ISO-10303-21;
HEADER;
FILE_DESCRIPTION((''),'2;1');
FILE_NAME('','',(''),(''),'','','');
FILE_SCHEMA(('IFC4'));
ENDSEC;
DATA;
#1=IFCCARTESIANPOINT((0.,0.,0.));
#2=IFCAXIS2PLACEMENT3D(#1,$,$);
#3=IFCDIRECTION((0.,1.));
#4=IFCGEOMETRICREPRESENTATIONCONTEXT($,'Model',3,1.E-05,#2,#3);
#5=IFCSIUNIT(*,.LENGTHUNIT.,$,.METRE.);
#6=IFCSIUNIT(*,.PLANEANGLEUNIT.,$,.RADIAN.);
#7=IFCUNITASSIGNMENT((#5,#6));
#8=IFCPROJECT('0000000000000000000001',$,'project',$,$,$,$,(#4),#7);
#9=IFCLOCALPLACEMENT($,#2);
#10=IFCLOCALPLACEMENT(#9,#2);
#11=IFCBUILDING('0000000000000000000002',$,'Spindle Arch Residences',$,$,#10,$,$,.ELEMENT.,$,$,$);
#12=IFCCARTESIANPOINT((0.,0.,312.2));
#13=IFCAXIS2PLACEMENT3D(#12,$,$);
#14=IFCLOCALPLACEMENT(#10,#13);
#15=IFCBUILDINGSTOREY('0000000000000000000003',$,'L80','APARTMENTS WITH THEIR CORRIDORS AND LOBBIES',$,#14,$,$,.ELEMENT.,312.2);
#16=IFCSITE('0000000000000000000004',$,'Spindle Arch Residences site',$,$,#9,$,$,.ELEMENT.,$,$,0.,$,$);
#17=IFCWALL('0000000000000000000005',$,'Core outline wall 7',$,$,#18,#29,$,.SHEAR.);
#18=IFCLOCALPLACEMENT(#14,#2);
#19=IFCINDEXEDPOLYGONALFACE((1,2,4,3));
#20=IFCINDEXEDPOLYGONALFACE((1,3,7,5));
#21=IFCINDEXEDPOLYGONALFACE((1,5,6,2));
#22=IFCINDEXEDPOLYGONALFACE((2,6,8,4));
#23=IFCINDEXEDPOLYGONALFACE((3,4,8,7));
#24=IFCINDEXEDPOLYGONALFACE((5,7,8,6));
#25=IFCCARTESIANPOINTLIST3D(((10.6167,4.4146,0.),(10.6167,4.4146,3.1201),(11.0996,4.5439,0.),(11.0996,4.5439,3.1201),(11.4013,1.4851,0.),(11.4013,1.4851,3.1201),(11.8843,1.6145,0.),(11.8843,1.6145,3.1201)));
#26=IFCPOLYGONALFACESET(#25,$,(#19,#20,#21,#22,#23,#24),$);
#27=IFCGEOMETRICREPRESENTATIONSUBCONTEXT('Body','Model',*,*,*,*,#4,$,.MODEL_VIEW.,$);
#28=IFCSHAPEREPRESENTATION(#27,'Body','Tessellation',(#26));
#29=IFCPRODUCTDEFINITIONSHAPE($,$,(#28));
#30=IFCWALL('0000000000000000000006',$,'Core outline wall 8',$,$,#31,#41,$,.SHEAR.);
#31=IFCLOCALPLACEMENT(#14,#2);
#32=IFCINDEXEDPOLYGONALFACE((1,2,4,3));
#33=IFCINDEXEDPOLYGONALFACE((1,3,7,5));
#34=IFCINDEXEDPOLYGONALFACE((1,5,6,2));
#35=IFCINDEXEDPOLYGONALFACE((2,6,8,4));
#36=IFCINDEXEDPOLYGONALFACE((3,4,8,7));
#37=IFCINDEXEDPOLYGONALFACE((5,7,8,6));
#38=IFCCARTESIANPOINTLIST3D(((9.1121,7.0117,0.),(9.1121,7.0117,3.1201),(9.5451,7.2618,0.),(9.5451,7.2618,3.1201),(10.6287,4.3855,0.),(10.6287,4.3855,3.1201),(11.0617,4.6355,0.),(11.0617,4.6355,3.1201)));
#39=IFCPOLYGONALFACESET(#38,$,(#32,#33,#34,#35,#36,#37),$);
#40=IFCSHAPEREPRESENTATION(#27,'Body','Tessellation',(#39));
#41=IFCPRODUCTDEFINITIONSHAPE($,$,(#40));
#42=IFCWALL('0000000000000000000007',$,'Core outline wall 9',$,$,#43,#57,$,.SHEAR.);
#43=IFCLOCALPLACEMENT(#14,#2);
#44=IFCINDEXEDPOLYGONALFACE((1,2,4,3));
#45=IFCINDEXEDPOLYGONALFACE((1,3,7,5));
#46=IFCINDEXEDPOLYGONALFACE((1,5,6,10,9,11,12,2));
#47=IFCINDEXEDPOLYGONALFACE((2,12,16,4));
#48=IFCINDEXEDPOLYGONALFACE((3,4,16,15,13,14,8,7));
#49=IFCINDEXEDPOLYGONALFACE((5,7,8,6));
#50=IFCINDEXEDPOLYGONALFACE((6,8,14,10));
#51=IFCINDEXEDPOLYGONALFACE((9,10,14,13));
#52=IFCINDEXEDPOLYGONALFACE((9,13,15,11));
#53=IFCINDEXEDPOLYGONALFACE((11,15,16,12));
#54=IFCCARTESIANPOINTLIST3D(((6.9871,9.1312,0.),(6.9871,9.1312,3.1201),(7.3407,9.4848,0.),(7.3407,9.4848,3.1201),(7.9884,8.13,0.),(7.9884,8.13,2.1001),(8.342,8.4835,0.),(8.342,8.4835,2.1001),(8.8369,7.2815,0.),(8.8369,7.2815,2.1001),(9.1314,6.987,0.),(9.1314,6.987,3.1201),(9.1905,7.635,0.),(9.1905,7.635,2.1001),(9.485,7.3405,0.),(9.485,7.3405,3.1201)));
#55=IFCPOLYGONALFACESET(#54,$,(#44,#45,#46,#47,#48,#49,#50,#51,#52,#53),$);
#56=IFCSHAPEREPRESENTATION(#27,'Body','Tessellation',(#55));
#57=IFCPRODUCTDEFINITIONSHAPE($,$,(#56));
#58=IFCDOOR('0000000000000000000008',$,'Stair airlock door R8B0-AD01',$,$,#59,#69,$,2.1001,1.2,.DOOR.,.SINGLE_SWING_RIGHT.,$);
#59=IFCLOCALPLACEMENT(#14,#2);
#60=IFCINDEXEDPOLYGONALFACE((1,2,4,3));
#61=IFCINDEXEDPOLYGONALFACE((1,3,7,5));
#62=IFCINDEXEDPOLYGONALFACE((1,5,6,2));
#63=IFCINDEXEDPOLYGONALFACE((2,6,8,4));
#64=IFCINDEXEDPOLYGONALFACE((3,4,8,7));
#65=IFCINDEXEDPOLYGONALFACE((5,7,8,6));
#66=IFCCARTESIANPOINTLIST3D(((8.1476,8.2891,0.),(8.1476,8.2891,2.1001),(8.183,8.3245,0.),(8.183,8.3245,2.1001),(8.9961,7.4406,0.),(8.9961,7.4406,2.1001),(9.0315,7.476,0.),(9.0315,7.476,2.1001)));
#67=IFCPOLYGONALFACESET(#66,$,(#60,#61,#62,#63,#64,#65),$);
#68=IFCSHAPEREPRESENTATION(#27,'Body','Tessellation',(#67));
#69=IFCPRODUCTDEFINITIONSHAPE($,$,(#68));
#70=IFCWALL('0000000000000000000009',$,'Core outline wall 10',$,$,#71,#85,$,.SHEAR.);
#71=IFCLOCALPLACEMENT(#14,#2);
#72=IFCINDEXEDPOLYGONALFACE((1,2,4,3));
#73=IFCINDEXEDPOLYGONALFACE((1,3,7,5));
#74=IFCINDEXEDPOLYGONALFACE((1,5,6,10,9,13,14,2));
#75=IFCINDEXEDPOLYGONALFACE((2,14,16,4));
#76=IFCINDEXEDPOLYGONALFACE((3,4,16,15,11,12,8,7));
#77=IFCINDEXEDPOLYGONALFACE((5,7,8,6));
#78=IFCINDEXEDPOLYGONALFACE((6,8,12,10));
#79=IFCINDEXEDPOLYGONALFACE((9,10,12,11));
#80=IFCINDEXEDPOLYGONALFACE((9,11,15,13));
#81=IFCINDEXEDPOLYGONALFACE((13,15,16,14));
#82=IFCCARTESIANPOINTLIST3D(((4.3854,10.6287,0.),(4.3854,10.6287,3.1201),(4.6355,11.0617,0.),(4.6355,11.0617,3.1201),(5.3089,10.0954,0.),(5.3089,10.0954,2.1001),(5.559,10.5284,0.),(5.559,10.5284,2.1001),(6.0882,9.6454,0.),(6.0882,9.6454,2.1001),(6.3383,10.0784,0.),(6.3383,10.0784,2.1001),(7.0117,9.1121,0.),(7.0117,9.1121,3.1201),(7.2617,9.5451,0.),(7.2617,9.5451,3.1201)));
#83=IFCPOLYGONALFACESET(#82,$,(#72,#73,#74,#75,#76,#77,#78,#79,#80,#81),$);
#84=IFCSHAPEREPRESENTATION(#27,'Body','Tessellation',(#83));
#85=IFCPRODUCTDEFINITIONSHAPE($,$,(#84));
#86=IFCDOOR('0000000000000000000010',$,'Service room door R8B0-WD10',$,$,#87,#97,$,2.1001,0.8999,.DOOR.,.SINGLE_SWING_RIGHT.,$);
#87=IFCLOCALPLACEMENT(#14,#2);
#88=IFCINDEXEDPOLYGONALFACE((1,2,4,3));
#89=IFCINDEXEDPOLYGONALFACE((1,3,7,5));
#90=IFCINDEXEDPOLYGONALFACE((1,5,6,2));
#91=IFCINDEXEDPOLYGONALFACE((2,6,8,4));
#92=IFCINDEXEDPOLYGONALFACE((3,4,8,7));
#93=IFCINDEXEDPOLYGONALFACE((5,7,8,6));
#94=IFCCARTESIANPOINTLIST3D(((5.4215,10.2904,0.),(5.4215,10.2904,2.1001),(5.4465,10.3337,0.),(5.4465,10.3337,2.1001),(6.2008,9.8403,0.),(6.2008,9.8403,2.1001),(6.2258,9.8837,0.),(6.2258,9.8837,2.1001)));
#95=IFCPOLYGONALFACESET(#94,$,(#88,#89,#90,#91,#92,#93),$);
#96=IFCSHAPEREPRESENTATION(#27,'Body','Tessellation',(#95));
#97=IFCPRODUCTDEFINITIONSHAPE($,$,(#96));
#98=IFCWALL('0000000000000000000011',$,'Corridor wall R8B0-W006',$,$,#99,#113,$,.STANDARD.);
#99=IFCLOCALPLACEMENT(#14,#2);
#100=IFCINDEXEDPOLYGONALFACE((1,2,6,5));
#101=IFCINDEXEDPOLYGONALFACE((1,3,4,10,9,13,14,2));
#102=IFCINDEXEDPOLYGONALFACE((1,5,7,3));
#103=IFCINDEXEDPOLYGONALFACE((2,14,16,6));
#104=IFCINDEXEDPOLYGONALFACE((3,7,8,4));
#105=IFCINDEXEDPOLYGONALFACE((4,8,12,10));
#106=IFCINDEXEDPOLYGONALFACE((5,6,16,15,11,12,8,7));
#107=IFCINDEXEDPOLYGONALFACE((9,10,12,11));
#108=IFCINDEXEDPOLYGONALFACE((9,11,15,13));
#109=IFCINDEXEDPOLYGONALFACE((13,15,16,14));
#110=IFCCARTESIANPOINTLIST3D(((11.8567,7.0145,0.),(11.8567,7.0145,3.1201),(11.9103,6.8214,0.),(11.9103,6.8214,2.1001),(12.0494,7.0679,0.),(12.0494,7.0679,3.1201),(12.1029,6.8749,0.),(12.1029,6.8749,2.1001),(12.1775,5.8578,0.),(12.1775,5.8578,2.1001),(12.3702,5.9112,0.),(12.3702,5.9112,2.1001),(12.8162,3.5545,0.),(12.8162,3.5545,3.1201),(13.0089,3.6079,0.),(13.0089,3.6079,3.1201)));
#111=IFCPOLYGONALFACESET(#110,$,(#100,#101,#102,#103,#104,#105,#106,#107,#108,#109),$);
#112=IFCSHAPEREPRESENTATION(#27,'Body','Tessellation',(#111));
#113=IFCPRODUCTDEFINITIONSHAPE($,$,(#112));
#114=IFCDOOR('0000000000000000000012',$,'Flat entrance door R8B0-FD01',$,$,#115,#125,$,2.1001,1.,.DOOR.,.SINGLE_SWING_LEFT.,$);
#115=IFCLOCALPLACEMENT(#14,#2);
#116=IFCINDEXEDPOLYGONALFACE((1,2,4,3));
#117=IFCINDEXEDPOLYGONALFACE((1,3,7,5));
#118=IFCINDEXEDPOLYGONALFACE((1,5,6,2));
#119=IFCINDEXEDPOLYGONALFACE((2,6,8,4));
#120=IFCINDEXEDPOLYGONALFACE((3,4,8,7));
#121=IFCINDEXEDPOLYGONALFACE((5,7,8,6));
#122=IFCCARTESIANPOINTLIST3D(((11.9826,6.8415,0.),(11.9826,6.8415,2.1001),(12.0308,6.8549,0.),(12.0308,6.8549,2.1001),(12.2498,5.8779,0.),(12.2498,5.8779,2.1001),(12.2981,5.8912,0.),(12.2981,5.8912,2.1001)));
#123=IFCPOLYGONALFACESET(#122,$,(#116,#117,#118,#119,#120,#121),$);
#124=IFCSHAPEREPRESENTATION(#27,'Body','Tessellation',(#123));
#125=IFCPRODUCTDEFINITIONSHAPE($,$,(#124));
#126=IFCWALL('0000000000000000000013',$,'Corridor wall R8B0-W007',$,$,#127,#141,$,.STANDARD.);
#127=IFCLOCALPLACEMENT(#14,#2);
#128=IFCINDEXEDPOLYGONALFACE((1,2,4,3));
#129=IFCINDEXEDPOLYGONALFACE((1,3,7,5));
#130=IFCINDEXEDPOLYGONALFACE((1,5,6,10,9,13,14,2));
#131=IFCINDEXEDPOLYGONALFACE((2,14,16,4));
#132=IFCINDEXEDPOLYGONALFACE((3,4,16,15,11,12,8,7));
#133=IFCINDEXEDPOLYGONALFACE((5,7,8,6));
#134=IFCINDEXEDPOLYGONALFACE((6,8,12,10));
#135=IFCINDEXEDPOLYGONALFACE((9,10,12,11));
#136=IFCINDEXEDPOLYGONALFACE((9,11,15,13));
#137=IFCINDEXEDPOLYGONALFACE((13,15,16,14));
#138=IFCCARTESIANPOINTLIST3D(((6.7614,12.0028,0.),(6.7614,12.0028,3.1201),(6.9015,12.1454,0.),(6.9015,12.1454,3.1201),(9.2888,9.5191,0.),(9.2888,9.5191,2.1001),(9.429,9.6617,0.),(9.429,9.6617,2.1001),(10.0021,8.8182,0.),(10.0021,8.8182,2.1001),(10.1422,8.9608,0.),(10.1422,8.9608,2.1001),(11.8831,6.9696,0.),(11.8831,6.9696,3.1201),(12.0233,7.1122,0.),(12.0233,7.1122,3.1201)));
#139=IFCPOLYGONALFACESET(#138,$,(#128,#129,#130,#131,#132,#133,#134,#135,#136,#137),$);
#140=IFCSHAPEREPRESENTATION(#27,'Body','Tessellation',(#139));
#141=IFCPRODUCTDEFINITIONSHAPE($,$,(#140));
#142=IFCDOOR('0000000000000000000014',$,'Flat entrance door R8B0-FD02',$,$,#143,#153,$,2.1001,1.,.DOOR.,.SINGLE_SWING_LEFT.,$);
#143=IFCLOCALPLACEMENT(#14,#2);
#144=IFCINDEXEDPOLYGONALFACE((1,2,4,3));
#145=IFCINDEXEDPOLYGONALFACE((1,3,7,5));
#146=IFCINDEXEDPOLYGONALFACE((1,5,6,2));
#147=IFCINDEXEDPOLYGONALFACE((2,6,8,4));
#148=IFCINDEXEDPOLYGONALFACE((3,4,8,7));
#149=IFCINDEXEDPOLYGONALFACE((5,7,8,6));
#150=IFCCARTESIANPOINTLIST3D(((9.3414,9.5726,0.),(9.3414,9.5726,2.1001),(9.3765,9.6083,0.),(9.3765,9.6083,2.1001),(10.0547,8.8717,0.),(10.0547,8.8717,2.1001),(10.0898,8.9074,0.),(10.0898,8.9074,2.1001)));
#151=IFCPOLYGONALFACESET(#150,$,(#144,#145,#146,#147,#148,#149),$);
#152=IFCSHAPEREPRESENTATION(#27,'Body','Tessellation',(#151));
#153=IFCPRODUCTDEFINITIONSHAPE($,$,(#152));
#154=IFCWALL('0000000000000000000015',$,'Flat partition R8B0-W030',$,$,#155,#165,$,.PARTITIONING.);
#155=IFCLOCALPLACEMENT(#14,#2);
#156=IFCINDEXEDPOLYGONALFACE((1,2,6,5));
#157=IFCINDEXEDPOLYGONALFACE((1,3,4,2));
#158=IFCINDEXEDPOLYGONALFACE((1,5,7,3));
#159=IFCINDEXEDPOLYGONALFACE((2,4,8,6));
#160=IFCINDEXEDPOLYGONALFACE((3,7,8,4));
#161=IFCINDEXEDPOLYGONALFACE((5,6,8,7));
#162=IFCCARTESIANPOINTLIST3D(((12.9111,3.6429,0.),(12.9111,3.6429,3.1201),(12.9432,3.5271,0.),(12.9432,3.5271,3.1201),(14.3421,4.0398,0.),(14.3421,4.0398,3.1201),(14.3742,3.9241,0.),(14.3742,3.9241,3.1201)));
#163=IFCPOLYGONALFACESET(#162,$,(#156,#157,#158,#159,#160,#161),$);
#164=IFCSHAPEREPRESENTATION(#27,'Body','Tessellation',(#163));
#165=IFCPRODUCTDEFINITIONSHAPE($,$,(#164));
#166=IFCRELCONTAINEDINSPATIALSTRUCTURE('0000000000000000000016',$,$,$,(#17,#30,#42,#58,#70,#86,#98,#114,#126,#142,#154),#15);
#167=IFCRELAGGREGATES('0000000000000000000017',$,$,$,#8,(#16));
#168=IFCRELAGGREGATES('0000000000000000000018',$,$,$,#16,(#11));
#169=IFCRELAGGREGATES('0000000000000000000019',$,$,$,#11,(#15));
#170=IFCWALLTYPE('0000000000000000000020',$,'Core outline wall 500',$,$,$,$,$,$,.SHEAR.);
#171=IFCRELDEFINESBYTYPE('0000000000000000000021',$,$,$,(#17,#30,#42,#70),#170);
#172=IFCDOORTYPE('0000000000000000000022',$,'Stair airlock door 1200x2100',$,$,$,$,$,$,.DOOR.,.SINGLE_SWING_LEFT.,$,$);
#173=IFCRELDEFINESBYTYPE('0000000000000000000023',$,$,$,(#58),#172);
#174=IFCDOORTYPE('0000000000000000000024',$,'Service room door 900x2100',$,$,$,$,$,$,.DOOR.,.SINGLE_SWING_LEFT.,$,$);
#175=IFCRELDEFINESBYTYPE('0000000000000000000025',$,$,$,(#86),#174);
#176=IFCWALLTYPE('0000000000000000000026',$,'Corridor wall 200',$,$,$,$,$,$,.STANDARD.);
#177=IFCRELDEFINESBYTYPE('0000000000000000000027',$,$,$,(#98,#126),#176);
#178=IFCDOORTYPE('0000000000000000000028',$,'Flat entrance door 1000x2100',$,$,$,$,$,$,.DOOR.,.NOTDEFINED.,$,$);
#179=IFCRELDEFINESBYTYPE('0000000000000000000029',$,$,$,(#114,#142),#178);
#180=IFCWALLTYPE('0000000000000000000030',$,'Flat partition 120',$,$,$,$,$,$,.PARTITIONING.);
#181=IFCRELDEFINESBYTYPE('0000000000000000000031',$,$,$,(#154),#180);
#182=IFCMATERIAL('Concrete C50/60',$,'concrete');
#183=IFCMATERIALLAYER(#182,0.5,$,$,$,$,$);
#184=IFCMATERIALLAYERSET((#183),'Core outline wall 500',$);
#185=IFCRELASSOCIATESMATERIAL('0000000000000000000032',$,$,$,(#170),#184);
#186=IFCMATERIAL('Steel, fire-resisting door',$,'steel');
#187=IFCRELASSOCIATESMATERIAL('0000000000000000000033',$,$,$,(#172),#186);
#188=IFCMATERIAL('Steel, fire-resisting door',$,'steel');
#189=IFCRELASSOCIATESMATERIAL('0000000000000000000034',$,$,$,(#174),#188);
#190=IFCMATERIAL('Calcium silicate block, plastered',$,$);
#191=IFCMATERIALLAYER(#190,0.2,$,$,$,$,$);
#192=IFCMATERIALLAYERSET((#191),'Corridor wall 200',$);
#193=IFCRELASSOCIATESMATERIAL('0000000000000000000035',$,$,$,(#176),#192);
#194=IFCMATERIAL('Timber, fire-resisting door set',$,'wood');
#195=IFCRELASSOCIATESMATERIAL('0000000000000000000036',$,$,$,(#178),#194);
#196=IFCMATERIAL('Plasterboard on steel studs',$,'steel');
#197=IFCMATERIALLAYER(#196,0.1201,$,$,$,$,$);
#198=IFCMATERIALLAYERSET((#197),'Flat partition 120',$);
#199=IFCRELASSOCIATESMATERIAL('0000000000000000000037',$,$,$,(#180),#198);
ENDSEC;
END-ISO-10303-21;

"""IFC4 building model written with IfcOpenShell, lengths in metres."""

from ifc_helpers import new_model, si_unit, direction, frame, frame_2d, origin, place, context, subcontext, project, spatial, rectangle, extrude, material, layer, layer_set, type_object, element, fill, save


model = new_model("IFC4")

# Units and contexts
model_context = context("Model", 3, precision=1e-05, world=origin(), true_north=direction((0.0, 1.0)))
body_context = subcontext(model_context, "Body", "Model", "MODEL_VIEW")
ifc_project = project(units=[si_unit("LENGTHUNIT", "METRE"), si_unit("PLANEANGLEUNIT", "RADIAN")], contexts=[model_context])

# Site, building, storey
site_placement = place(None, origin())
site = spatial("IfcSite", under=ifc_project, at=site_placement, Name="Spindle Arch Residences site", CompositionType="ELEMENT", RefElevation=0.0)
building_placement = place(site_placement, origin())
building = spatial("IfcBuilding", under=site, at=building_placement, Name="Spindle Arch Residences", CompositionType="ELEMENT")
storey_placement = place(building_placement, frame((0.0, 0.0, 312.2)))
storey = spatial("IfcBuildingStorey", under=building, at=storey_placement, Name="L80", Description="APARTMENTS WITH THEIR CORRIDORS AND LOBBIES", CompositionType="ELEMENT", Elevation=312.2)

# Walls
ifc_material_1 = material(Name="Concrete C50/60", Category="concrete")
ifc_layer_1 = layer(ifc_material_1, 0.5)
ifc_layer_set_1 = layer_set([ifc_layer_1], Name="Core outline wall 500")
wall_type_1 = type_object("IfcWallType", Name="Core outline wall 500", PredefinedType="SHEAR", material=ifc_layer_set_1)
for number, where, z_axis, x_axis, name in (
    (1, (11.6428, 1.5498, 0.0), (0.0, 0.0, 1.0), (-0.258735, 0.965948, 0.0), "Core outline wall 7"),
    (2, (10.8452, 4.5105, 0.0), (0.0, 0.0, 1.0), (-0.500087, 0.865975, 0.0), "Core outline wall 8"),
):
    element("IfcWall", number, at=place(storey_placement, frame(where, z_axis=z_axis, x_axis=x_axis)), inside=storey, type_object=wall_type_1, Name=name, PredefinedType="SHEAR", context=body_context, shape_type="SweptSolid", body=[
        extrude(rectangle(XDim=3.0327, YDim=0.5, at=frame_2d((1.5164, 0.0))), origin(), (0.0, 0.0, 1.0), 3.1201),
    ])

# Walls, openings, doors
wall_1_placement = place(storey_placement, frame((9.3081, 7.1638, 0.0), z_axis=(0.0, 0.0, 1.0), x_axis=(-0.707107, 0.707107, 0.0)))
wall_1 = element("IfcWall", 3, at=wall_1_placement, inside=storey, type_object=wall_type_1, Name="Core outline wall 9", PredefinedType="SHEAR", context=body_context, shape_type="SweptSolid", body=[
    extrude(rectangle(XDim=3.0325, YDim=0.5, at=frame_2d((1.5161, 0.0))), origin(), (0.0, 0.0, 1.0), 3.1201),
])
opening_1_placement = place(wall_1_placement, frame((0.4163, 0.0, 0.0)))
opening_1 = element("IfcOpeningElement", 4, at=opening_1_placement, cuts=wall_1, PredefinedType="OPENING", context=body_context, shape_type="SweptSolid", body=[
    extrude(rectangle(XDim=1.2, YDim=2.1001, at=frame_2d((0.6001, 1.05))), frame((0.0, 0.26, 0.0), z_axis=(0.0, -1.0, 0.0), x_axis=(1.0, 0.0, 0.0)), (0.0, 0.0, 1.0), 0.52),
])
ifc_material_2 = material(Name="Steel, fire-resisting door", Category="steel")
door_type_1 = type_object("IfcDoorType", Name="Stair airlock door 1200x2100", OperationType="SINGLE_SWING_LEFT", PredefinedType="DOOR", material=ifc_material_2)
door_1_placement = place(opening_1_placement, origin())
door_1 = element("IfcDoor", 5, at=door_1_placement, inside=storey, type_object=door_type_1, Name="Stair airlock door R8B0-AD01", OperationType="SINGLE_SWING_RIGHT", OverallHeight=2.1001, OverallWidth=1.2, PredefinedType="DOOR", context=body_context, shape_type="SweptSolid", body=[
    extrude(rectangle(XDim=1.2, YDim=2.1001, at=frame_2d((0.6001, 1.05))), frame((0.0, 0.0249, 0.0), z_axis=(0.0, -1.0, 0.0), x_axis=(1.0, 0.0, 0.0)), (0.0, 0.0, 1.0), 0.05),
])
fill(opening_1, door_1)
wall_2_placement = place(storey_placement, frame((7.1367, 9.3286, 0.0), z_axis=(0.0, 0.0, 1.0), x_axis=(-0.865975, 0.500087, 0.0)))
wall_2 = element("IfcWall", 6, at=wall_2_placement, inside=storey, type_object=wall_type_1, Name="Core outline wall 10", PredefinedType="SHEAR", context=body_context, shape_type="SweptSolid", body=[
    extrude(rectangle(XDim=3.0327, YDim=0.5, at=frame_2d((1.5164, 0.0))), origin(), (0.0, 0.0, 1.0), 3.1201),
])
opening_2_placement = place(wall_2_placement, frame((1.0664, 0.0, 0.0)))
opening_2 = element("IfcOpeningElement", 7, at=opening_2_placement, cuts=wall_2, PredefinedType="OPENING", context=body_context, shape_type="SweptSolid", body=[
    extrude(rectangle(XDim=0.8999, YDim=2.1001, at=frame_2d((0.45, 1.05))), frame((0.0, 0.26, 0.0), z_axis=(0.0, -1.0, 0.0), x_axis=(1.0, 0.0, 0.0)), (0.0, 0.0, 1.0), 0.52),
])
ifc_material_3 = material(Name="Steel, fire-resisting door", Category="steel")
door_type_2 = type_object("IfcDoorType", Name="Service room door 900x2100", OperationType="SINGLE_SWING_LEFT", PredefinedType="DOOR", material=ifc_material_3)
door_2_placement = place(opening_2_placement, origin())
door_2 = element("IfcDoor", 8, at=door_2_placement, inside=storey, type_object=door_type_2, Name="Service room door R8B0-WD10", OperationType="SINGLE_SWING_RIGHT", OverallHeight=2.1001, OverallWidth=0.8999, PredefinedType="DOOR", context=body_context, shape_type="SweptSolid", body=[
    extrude(rectangle(XDim=0.8999, YDim=2.1001, at=frame_2d((0.45, 1.05))), frame((0.0, 0.0249, 0.0), z_axis=(0.0, -1.0, 0.0), x_axis=(1.0, 0.0, 0.0)), (0.0, 0.0, 1.0), 0.05),
])
fill(opening_2, door_2)
ifc_material_4 = material(Name="Calcium silicate block, plastered")
ifc_layer_2 = layer(ifc_material_4, 0.2)
ifc_layer_set_2 = layer_set([ifc_layer_2], Name="Corridor wall 200")
wall_type_2 = type_object("IfcWallType", Name="Corridor wall 200", PredefinedType="STANDARD", material=ifc_layer_set_2)
wall_3_placement = place(storey_placement, frame((12.9126, 3.5811, 0.0), z_axis=(0.0, 0.0, 1.0), x_axis=(-0.267223, 0.963635, 0.0)))
wall_3 = element("IfcWall", 9, at=wall_3_placement, inside=storey, type_object=wall_type_2, Name="Corridor wall R8B0-W006", PredefinedType="STANDARD", context=body_context, shape_type="SweptSolid", body=[
    extrude(rectangle(XDim=3.5906, YDim=0.2, at=frame_2d((1.7954, 0.0))), origin(), (0.0, 0.0, 1.0), 3.1201),
])
opening_3_placement = place(wall_3_placement, frame((2.3904, 0.0, 0.0)))
opening_3 = element("IfcOpeningElement", 10, at=opening_3_placement, cuts=wall_3, PredefinedType="OPENING", context=body_context, shape_type="SweptSolid", body=[
    extrude(rectangle(XDim=1.0, YDim=2.1001, at=frame_2d((0.5, 1.05))), frame((0.0, 0.1099, 0.0), z_axis=(0.0, -1.0, 0.0), x_axis=(1.0, 0.0, 0.0)), (0.0, 0.0, 1.0), 0.22),
])
ifc_material_5 = material(Name="Timber, fire-resisting door set", Category="wood")
door_type_3 = type_object("IfcDoorType", Name="Flat entrance door 1000x2100", OperationType="NOTDEFINED", PredefinedType="DOOR", material=ifc_material_5)
door_3_placement = place(opening_3_placement, origin())
door_3 = element("IfcDoor", 11, at=door_3_placement, inside=storey, type_object=door_type_3, Name="Flat entrance door R8B0-FD01", OperationType="SINGLE_SWING_LEFT", OverallHeight=2.1001, OverallWidth=1.0, PredefinedType="DOOR", context=body_context, shape_type="SweptSolid", body=[
    extrude(rectangle(XDim=1.0, YDim=2.1001, at=frame_2d((0.5, 1.05))), frame((0.0, 0.0249, 0.0), z_axis=(0.0, -1.0, 0.0), x_axis=(1.0, 0.0, 0.0)), (0.0, 0.0, 1.0), 0.05),
])
fill(opening_3, door_3)
wall_4_placement = place(storey_placement, frame((11.9531, 7.041, 0.0), z_axis=(0.0, 0.0, 1.0), x_axis=(-0.713251, 0.700909, 0.0)))
wall_4 = element("IfcWall", 12, at=wall_4_placement, inside=storey, type_object=wall_type_2, Name="Corridor wall R8B0-W007", PredefinedType="STANDARD", context=body_context, shape_type="SweptSolid", body=[
    extrude(rectangle(XDim=7.1809, YDim=0.2, at=frame_2d((3.5903, 0.0))), origin(), (0.0, 0.0, 1.0), 3.1201),
])
opening_4_placement = place(wall_4_placement, frame((2.6372, 0.0, 0.0)))
opening_4 = element("IfcOpeningElement", 13, at=opening_4_placement, cuts=wall_4, PredefinedType="OPENING", context=body_context, shape_type="SweptSolid", body=[
    extrude(rectangle(XDim=1.0, YDim=2.1001, at=frame_2d((0.5, 1.05))), frame((0.0, 0.1099, 0.0), z_axis=(0.0, -1.0, 0.0), x_axis=(1.0, 0.0, 0.0)), (0.0, 0.0, 1.0), 0.22),
])
door_4_placement = place(opening_4_placement, origin())
door_4 = element("IfcDoor", 14, at=door_4_placement, inside=storey, type_object=door_type_3, Name="Flat entrance door R8B0-FD02", OperationType="SINGLE_SWING_LEFT", OverallHeight=2.1001, OverallWidth=1.0, PredefinedType="DOOR", context=body_context, shape_type="SweptSolid", body=[
    extrude(rectangle(XDim=1.0, YDim=2.1001, at=frame_2d((0.5, 1.05))), frame((0.0, 0.0249, 0.0), z_axis=(0.0, -1.0, 0.0), x_axis=(1.0, 0.0, 0.0)), (0.0, 0.0, 1.0), 0.05),
])
fill(opening_4, door_4)

# Wall
ifc_material_6 = material(Name="Plasterboard on steel studs", Category="steel")
ifc_layer_3 = layer(ifc_material_6, 0.1201)
ifc_layer_set_3 = layer_set([ifc_layer_3], Name="Flat partition 120")
wall_type_3 = type_object("IfcWallType", Name="Flat partition 120", PredefinedType="PARTITIONING", material=ifc_layer_set_3)
wall_5_placement = place(storey_placement, frame((12.927, 3.585, 0.0), z_axis=(0.0, 0.0, 1.0), x_axis=(0.963617, 0.267288, 0.0)))
element("IfcWall", 15, at=wall_5_placement, inside=storey, type_object=wall_type_3, Name="Flat partition R8B0-W030", PredefinedType="PARTITIONING", context=body_context, shape_type="SweptSolid", body=[
    extrude(rectangle(XDim=1.4851, YDim=0.1201, at=frame_2d((0.7427, 0.0))), origin(), (0.0, 0.0, 1.0), 3.1201),
])

save(model, "model.ifc")
